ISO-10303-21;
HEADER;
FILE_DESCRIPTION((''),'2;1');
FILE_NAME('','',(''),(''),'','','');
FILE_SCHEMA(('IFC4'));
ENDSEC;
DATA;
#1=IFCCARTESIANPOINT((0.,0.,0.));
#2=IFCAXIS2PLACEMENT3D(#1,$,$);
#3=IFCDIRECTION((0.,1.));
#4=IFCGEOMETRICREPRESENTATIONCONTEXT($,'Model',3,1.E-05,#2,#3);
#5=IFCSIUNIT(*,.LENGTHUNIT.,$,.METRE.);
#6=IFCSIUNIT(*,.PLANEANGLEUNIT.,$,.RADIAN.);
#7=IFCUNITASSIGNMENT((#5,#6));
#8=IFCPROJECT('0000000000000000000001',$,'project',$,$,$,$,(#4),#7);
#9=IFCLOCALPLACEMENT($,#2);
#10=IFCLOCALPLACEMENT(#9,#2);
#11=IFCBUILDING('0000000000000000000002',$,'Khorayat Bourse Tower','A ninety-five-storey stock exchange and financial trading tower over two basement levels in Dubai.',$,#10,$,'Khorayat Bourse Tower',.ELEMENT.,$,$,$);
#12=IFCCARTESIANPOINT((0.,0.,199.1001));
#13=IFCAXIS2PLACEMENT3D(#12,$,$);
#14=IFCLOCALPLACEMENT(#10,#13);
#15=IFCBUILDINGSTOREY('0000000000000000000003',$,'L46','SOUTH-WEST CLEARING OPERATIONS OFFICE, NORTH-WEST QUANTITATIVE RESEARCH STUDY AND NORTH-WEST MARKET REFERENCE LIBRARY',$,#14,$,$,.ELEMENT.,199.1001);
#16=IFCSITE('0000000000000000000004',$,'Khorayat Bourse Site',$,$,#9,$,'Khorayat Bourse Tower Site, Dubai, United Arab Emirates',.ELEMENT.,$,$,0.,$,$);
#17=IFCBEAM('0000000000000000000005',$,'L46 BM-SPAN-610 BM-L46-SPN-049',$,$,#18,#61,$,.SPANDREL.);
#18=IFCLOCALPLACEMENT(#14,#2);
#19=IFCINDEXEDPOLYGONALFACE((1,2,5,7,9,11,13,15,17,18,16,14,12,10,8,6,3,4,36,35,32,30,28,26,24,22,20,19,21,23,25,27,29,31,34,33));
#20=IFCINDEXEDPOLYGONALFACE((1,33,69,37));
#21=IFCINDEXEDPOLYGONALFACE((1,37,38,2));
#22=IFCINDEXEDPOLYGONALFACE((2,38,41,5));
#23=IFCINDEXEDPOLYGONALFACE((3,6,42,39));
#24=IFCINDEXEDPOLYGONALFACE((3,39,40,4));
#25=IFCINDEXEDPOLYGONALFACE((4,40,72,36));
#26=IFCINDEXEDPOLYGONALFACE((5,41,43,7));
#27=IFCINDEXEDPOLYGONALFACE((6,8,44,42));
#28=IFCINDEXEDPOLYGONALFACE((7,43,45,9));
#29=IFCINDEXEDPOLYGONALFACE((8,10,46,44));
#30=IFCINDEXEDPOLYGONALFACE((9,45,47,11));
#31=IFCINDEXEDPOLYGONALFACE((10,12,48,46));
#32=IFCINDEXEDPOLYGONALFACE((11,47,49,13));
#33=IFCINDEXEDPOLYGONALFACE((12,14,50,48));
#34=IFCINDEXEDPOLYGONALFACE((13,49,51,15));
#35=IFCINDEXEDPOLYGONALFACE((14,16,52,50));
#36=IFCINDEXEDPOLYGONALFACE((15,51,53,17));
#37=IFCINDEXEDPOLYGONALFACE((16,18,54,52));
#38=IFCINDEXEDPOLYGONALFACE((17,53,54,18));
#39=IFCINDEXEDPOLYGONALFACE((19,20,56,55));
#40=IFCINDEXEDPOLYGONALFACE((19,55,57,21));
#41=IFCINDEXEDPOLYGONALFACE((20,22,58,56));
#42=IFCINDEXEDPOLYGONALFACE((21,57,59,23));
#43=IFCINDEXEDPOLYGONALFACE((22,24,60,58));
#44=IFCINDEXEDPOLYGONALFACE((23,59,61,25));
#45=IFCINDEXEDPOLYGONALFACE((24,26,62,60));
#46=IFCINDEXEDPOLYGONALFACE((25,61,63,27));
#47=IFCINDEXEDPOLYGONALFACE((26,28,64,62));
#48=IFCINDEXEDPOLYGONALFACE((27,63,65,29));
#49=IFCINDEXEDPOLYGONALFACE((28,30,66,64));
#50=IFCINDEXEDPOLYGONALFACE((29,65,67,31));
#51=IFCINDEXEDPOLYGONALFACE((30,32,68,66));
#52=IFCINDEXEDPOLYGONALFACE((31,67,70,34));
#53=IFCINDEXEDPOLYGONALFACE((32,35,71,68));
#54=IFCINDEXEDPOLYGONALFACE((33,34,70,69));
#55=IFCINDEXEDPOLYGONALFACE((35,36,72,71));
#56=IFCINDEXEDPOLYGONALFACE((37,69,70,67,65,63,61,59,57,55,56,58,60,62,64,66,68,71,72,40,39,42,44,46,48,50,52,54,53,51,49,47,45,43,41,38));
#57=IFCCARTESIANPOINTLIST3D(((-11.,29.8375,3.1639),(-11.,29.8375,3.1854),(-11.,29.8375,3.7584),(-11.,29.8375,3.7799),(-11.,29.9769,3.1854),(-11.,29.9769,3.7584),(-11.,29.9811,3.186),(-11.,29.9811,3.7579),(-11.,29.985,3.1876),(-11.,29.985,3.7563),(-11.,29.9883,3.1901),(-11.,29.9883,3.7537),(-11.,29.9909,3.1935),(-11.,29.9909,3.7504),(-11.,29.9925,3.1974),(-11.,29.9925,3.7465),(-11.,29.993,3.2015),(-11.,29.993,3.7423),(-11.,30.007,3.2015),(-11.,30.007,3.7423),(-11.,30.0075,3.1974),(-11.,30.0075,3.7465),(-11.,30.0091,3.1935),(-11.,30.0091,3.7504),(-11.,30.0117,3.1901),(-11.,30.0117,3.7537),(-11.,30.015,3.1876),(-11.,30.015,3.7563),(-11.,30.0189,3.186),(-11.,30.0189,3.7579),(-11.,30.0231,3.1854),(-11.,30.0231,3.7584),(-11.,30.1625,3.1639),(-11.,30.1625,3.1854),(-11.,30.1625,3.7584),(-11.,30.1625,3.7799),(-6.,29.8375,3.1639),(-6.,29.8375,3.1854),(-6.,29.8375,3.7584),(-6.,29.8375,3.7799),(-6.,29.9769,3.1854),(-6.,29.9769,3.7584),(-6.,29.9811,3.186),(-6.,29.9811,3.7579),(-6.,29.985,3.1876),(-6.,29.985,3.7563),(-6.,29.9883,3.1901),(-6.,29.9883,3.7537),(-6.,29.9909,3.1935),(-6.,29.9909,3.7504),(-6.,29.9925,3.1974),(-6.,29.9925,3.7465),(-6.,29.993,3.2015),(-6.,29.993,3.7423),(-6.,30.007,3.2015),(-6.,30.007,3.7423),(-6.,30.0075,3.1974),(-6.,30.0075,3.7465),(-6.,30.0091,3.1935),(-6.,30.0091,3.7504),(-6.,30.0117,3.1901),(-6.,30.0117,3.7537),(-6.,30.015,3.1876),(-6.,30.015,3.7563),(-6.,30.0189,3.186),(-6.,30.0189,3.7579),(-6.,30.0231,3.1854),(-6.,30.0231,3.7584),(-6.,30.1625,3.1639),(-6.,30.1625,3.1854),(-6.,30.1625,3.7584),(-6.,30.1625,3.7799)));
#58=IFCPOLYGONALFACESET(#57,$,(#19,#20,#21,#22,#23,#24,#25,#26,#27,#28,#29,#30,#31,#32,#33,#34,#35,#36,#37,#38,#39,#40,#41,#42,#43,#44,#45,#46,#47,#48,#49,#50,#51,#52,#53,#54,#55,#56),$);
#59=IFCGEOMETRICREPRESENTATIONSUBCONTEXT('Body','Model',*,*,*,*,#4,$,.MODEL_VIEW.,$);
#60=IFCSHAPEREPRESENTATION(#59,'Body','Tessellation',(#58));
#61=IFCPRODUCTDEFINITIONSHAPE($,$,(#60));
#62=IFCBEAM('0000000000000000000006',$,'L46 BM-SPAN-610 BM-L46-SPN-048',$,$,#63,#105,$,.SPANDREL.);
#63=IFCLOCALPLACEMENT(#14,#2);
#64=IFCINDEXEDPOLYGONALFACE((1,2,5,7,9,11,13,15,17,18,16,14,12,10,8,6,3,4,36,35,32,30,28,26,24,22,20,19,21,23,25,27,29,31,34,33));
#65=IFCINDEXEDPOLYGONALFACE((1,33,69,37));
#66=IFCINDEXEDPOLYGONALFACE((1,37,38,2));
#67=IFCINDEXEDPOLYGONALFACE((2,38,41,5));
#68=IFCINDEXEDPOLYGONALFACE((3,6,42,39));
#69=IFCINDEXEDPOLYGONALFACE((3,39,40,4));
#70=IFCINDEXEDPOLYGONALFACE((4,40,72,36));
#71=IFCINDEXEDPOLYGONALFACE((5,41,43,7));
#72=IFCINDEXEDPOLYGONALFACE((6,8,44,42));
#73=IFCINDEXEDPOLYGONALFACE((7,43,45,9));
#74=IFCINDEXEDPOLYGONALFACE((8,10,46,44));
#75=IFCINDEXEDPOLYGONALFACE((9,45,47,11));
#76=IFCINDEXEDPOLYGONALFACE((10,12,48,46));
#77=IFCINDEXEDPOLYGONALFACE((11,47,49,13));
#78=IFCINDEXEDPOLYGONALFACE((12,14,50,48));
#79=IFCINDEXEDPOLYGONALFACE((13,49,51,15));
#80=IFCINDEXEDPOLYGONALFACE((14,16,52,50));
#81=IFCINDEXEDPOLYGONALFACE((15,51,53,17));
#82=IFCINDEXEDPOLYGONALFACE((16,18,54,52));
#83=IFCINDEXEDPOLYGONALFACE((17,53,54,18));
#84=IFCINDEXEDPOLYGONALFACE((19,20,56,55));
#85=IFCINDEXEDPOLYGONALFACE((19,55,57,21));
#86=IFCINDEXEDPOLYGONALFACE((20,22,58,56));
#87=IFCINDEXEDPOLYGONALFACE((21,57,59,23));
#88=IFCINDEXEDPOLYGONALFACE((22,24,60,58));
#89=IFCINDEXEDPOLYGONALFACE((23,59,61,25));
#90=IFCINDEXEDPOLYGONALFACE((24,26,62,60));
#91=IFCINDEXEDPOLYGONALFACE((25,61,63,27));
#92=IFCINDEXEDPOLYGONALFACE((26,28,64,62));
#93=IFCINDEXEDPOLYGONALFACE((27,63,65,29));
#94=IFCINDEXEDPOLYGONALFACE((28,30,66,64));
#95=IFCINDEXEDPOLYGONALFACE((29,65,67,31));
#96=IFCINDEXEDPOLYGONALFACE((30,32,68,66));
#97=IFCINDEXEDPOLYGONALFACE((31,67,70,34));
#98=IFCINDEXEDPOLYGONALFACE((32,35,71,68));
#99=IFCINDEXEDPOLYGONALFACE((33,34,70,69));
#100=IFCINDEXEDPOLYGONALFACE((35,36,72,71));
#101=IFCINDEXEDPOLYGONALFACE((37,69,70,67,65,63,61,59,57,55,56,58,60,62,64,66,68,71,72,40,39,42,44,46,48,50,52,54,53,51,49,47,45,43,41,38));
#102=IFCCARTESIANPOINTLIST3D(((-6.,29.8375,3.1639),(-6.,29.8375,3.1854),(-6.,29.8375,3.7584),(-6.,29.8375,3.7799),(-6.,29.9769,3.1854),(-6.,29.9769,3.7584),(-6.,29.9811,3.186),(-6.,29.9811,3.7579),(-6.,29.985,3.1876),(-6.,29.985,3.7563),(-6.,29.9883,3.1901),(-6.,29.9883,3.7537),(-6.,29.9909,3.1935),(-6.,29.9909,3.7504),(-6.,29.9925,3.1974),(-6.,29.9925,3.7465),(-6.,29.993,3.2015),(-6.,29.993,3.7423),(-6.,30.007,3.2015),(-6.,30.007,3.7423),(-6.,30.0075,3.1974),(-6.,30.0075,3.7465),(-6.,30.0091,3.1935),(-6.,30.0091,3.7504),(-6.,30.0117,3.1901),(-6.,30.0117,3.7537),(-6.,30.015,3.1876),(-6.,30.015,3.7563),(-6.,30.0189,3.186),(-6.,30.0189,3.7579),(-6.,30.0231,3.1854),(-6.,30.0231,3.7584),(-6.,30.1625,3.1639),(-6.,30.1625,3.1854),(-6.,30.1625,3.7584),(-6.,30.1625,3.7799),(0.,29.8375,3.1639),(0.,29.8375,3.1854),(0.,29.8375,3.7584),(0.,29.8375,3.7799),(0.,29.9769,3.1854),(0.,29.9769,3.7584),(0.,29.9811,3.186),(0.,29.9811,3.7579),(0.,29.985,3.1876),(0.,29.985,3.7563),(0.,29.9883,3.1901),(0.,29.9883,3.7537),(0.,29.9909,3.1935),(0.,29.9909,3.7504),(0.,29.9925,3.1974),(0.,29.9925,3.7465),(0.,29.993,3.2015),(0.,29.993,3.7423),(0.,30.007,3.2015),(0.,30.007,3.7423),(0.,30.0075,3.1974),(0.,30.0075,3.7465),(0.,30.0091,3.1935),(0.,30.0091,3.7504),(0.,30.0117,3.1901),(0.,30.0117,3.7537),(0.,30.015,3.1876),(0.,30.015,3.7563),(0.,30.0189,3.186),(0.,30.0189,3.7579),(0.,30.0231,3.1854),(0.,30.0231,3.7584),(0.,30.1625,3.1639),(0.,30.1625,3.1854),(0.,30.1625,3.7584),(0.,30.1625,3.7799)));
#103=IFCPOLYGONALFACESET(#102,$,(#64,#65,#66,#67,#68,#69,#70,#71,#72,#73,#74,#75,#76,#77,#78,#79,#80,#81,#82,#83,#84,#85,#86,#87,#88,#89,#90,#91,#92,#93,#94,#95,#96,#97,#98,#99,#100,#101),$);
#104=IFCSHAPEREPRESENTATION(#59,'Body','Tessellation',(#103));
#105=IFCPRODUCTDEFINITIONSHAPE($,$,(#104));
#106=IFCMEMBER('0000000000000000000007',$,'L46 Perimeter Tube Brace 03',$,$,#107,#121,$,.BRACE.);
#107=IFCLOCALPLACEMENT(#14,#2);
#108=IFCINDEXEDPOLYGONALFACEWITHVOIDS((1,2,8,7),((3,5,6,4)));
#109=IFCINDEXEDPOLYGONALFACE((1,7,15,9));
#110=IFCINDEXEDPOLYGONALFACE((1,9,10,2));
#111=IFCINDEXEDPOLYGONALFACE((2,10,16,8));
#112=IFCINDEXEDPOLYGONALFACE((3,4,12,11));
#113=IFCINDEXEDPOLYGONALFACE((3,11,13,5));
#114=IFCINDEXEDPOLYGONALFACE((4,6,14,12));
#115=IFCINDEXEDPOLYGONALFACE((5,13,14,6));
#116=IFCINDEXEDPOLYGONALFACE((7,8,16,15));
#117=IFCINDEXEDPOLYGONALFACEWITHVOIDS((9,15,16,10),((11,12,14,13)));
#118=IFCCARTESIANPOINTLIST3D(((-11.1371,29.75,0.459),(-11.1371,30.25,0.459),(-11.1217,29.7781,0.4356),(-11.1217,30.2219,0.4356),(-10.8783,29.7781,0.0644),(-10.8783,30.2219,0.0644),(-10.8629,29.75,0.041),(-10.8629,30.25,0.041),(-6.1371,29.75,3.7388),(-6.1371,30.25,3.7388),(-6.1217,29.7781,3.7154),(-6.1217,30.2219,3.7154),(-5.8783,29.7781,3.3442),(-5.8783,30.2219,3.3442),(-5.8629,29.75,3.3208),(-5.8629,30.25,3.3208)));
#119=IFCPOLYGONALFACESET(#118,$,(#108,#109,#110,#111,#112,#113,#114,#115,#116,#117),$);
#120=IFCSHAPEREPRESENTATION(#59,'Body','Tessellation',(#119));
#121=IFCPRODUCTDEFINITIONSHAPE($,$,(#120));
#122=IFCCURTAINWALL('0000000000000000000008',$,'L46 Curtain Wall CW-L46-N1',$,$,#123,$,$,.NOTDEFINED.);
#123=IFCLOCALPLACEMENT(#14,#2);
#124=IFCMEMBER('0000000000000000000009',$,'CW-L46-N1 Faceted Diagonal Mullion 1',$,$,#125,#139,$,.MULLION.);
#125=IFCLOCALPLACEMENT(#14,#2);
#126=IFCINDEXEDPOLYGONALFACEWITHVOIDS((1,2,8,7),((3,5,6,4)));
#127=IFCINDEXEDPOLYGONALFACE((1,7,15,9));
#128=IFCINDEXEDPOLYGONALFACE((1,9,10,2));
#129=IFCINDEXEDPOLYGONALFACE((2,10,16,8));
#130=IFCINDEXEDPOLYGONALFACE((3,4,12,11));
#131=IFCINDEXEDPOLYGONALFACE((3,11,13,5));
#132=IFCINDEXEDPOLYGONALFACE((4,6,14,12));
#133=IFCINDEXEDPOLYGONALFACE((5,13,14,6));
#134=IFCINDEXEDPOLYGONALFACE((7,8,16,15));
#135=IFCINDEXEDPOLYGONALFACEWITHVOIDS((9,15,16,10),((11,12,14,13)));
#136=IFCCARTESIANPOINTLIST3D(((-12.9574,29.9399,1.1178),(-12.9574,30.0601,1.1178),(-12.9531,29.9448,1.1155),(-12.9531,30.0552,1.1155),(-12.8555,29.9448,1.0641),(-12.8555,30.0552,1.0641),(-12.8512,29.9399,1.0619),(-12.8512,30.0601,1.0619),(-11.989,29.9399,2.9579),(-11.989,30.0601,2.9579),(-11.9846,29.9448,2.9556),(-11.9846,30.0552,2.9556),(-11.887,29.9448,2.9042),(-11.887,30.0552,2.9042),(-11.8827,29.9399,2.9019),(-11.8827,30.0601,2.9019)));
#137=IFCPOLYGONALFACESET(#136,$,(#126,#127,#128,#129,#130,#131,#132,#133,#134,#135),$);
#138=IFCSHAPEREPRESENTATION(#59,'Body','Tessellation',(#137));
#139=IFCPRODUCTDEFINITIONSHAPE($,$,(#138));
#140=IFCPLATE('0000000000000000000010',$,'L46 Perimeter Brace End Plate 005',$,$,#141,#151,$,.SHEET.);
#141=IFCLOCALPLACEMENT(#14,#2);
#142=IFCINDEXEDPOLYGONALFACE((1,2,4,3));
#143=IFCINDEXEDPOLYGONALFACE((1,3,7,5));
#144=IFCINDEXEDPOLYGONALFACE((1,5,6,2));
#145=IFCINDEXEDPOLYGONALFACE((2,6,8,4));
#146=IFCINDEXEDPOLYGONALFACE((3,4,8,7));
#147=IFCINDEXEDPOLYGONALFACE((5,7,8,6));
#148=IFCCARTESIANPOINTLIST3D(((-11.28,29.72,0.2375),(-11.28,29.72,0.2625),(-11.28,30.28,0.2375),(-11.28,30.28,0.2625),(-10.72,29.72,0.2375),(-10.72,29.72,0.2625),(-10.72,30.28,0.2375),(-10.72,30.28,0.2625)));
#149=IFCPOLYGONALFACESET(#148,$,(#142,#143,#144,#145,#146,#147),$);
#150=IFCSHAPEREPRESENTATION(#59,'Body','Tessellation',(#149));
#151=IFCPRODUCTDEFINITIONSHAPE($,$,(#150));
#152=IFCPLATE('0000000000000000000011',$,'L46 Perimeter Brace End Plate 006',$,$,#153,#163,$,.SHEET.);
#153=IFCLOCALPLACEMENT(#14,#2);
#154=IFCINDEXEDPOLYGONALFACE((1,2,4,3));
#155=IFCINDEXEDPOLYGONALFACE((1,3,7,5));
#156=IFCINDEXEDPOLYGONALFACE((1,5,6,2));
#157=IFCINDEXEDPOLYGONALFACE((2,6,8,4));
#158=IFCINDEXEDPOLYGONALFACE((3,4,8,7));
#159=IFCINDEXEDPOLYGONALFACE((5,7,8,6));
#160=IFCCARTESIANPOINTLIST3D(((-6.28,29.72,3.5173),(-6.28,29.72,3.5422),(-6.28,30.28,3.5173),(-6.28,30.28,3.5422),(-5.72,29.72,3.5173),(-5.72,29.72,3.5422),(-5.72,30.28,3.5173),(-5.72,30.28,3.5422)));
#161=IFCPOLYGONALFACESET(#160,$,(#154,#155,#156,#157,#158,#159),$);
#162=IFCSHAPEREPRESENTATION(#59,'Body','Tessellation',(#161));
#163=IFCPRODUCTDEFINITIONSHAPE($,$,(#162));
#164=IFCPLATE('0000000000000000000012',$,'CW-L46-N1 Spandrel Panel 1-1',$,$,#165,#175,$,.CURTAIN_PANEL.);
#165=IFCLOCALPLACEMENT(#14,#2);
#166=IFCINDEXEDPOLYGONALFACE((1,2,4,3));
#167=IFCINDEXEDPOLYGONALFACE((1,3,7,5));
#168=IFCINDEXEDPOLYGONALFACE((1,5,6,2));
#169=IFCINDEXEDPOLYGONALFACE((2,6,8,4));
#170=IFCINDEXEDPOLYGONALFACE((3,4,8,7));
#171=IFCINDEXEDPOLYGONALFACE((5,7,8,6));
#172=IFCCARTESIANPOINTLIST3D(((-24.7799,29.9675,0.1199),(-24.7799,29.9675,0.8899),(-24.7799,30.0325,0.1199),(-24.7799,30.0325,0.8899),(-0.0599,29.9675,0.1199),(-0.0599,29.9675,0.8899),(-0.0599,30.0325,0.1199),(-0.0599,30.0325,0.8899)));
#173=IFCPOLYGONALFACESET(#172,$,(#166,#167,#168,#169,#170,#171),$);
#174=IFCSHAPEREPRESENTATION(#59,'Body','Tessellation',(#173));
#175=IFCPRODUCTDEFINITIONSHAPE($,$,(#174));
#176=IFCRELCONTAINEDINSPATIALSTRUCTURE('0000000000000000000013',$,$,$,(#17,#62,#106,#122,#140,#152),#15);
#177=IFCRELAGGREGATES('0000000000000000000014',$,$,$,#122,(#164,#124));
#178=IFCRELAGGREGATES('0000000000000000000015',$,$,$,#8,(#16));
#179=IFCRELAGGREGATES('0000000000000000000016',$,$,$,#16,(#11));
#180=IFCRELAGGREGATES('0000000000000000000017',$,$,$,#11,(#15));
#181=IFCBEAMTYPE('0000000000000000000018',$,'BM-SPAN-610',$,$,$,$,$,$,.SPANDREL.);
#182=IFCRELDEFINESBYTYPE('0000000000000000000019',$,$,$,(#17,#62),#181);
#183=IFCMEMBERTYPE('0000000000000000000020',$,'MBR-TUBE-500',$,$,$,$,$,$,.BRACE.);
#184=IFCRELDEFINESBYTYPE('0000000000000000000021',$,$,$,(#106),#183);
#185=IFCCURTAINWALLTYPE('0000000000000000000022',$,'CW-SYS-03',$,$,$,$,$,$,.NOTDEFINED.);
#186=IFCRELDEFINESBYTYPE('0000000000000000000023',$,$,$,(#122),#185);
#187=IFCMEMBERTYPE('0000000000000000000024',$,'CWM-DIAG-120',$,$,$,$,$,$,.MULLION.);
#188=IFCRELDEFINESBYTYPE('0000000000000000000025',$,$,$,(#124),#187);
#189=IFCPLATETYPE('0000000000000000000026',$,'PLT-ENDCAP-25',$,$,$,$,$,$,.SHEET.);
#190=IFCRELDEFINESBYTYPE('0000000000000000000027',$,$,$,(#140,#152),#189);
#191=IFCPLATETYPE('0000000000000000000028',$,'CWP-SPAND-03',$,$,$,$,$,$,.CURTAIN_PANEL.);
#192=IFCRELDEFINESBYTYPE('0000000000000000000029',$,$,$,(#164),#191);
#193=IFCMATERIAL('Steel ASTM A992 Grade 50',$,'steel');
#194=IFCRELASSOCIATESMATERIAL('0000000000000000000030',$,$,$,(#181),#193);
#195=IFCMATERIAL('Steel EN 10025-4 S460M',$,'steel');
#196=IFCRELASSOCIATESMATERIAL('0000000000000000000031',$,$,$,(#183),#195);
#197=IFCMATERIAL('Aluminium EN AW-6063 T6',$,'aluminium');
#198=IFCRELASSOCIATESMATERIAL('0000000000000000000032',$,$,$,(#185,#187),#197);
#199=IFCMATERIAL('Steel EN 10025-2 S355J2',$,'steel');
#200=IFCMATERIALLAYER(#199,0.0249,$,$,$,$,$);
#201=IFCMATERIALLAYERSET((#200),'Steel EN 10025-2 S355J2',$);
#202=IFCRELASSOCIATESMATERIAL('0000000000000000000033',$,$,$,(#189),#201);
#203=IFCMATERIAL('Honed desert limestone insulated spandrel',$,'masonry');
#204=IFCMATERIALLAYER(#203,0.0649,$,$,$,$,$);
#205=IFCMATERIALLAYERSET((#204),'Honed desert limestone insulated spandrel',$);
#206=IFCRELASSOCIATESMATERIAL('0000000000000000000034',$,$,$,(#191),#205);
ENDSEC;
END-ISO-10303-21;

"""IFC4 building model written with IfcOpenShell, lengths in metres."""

from ifc_helpers import new_model, si_unit, direction, frame, origin, origin_2d, place, context, subcontext, project, spatial, rectangle, hollow_rectangle, i_section, extrude, source, transform, mapped, material, layer, layer_set, material_profile, profile_set, type_object, element, aggregate, save


model = new_model("IFC4")

# Units and contexts
model_context = context("Model", 3, precision=1e-05, world=origin(), true_north=direction((0.0, 1.0)))
body_context = subcontext(model_context, "Body", "Model", "MODEL_VIEW")
ifc_project = project(units=[si_unit("LENGTHUNIT", "METRE"), si_unit("PLANEANGLEUNIT", "RADIAN")], contexts=[model_context])

# Site, building, storey
site_placement = place(None, origin())
site = spatial("IfcSite", under=ifc_project, at=site_placement, Name="Khorayat Bourse Site", LongName="Khorayat Bourse Tower Site, Dubai, United Arab Emirates", CompositionType="ELEMENT", RefElevation=0.0)
building_placement = place(site_placement, origin())
building = spatial("IfcBuilding", under=site, at=building_placement, Name="Khorayat Bourse Tower", Description="A ninety-five-storey stock exchange and financial trading tower over two basement levels in Dubai.", LongName="Khorayat Bourse Tower", CompositionType="ELEMENT")
storey_placement = place(building_placement, frame((0.0, 0.0, 199.1001)))
storey = spatial("IfcBuildingStorey", under=building, at=storey_placement, Name="L46", Description="SOUTH-WEST CLEARING OPERATIONS OFFICE, NORTH-WEST QUANTITATIVE RESEARCH STUDY AND NORTH-WEST MARKET REFERENCE LIBRARY", CompositionType="ELEMENT", Elevation=199.1001)

# Shared definitions
ifc_material_1 = material(Name="Steel EN 10025-4 S460M", Category="steel")

# Beams
ifc_material_2 = material(Name="Steel ASTM A992 Grade 50", Category="steel")
ifc_material_profile_1 = material_profile(ifc_material_2, i_section(OverallWidth=0.325, OverallDepth=0.616, WebThickness=0.0139, FlangeThickness=0.0215, FilletRadius=0.0161, at=origin_2d()), Name="W610X174")
ifc_profile_set_1 = profile_set([ifc_material_profile_1], Name="Steel ASTM A992 Grade 50")
beam_type_1 = type_object("IfcBeamType", Name="BM-SPAN-610", PredefinedType="SPANDREL", material=ifc_profile_set_1)
shared_shape_1 = source(origin(), body_context, "Body", "SweptSolid", [
    extrude(i_section(OverallWidth=0.325, OverallDepth=0.616, WebThickness=0.0139, FlangeThickness=0.0215, FilletRadius=0.0161, at=origin_2d()), origin(), (0.0, 0.0, 1.0), 5.0),
])
beam_1_placement = place(storey_placement, frame((-11.0, 30.0, 3.4719), z_axis=(1.0, 0.0, 0.0), x_axis=(0.0, 1.0, 0.0)))
element("IfcBeam", 1, at=beam_1_placement, inside=storey, type_object=beam_type_1, Name="L46 BM-SPAN-610 BM-L46-SPN-049", PredefinedType="SPANDREL", context=body_context, shape_type="MappedRepresentation", body=[
    mapped(shared_shape_1, transform((0.0, 0.0, 0.0), scale=1.0)),
])
shared_shape_2 = source(origin(), body_context, "Body", "SweptSolid", [
    extrude(i_section(OverallWidth=0.325, OverallDepth=0.616, WebThickness=0.0139, FlangeThickness=0.0215, FilletRadius=0.0161, at=origin_2d()), origin(), (0.0, 0.0, 1.0), 6.0),
])
beam_2_placement = place(storey_placement, frame((-6.0, 30.0, 3.4719), z_axis=(1.0, 0.0, 0.0), x_axis=(0.0, 1.0, 0.0)))
element("IfcBeam", 2, at=beam_2_placement, inside=storey, type_object=beam_type_1, Name="L46 BM-SPAN-610 BM-L46-SPN-048", PredefinedType="SPANDREL", context=body_context, shape_type="MappedRepresentation", body=[
    mapped(shared_shape_2, transform((0.0, 0.0, 0.0), scale=1.0)),
])

# Member
ifc_material_profile_2 = material_profile(ifc_material_1, hollow_rectangle(XDim=0.5, YDim=0.5, WallThickness=0.0281, at=origin_2d()), Name="HSS 500x500x28")
ifc_profile_set_2 = profile_set([ifc_material_profile_2], Name="Steel EN 10025-4 S460M")
member_type_1 = type_object("IfcMemberType", Name="MBR-TUBE-500", PredefinedType="BRACE", material=ifc_profile_set_2)
shared_shape_3 = source(origin(), body_context, "Body", "SweptSolid", [
    extrude(hollow_rectangle(XDim=0.5, YDim=0.5, WallThickness=0.0281, at=origin_2d()), origin(), (0.0, 0.0, 1.0), 5.9797),
])
member_1_placement = place(storey_placement, frame((-11.0, 30.0, 0.25), z_axis=(0.83616, 0.0, 0.548485), x_axis=(0.0, 1.0, 0.0)))
element("IfcMember", 3, at=member_1_placement, inside=storey, type_object=member_type_1, Name="L46 Perimeter Tube Brace 03", PredefinedType="BRACE", context=body_context, shape_type="MappedRepresentation", body=[
    mapped(shared_shape_3, transform((0.0, 0.0, 0.0), scale=1.0)),
])

# Curtain wall, member
ifc_material_3 = material(Name="Aluminium EN AW-6063 T6", Category="aluminium")
curtain_wall_type = type_object("IfcCurtainWallType", Name="CW-SYS-03", PredefinedType="NOTDEFINED", material=ifc_material_3)
curtain_wall_placement = place(storey_placement, origin())
curtain_wall = element("IfcCurtainWall", 4, at=curtain_wall_placement, inside=storey, type_object=curtain_wall_type, Name="L46 Curtain Wall CW-L46-N1", PredefinedType="NOTDEFINED")
ifc_material_profile_3 = material_profile(ifc_material_3, hollow_rectangle(XDim=0.1201, YDim=0.1201, WallThickness=0.0049, at=origin_2d()), Name="ALU 120x120x5")
ifc_profile_set_3 = profile_set([ifc_material_profile_3], Name="Aluminium EN AW-6063 T6")
member_type_2 = type_object("IfcMemberType", Name="CWM-DIAG-120", PredefinedType="MULLION", material=ifc_profile_set_3)
shared_shape_4 = source(origin(), body_context, "Body", "SweptSolid", [
    extrude(hollow_rectangle(XDim=0.1201, YDim=0.1201, WallThickness=0.0049, at=origin_2d()), origin(), (0.0, 0.0, 1.0), 2.0793),
])
member_2_placement = place(storey_placement, frame((-12.9043, 30.0, 1.0898), z_axis=(0.465761, 0.0, 0.884911), x_axis=(0.0, 1.0, 0.0)))
member_2 = element("IfcMember", 5, at=member_2_placement, type_object=member_type_2, Name="CW-L46-N1 Faceted Diagonal Mullion 1", PredefinedType="MULLION", context=body_context, shape_type="MappedRepresentation", body=[
    mapped(shared_shape_4, transform((0.0, 0.0, 0.0), scale=1.0)),
])

# Plates
ifc_material_4 = material(Name="Steel EN 10025-2 S355J2", Category="steel")
ifc_layer_1 = layer(ifc_material_4, 0.0249)
ifc_layer_set_1 = layer_set([ifc_layer_1], Name="Steel EN 10025-2 S355J2")
plate_type_1 = type_object("IfcPlateType", Name="PLT-ENDCAP-25", PredefinedType="SHEET", material=ifc_layer_set_1)
shared_shape_5 = source(origin(), body_context, "Body", "SweptSolid", [
    extrude(rectangle(XDim=0.5601, YDim=0.5601, at=origin_2d()), origin(), (0.0, 0.0, 1.0), 0.0249),
])
for number, where, z_axis, x_axis, name in (
    (6, (-11.0, 30.0, 0.2375), (0.0, 0.0, 1.0), (1.0, 0.0, 0.0), "L46 Perimeter Brace End Plate 005"),
    (7, (-6.0, 30.0, 3.5173), (0.0, 0.0, 1.0), (1.0, 0.0, 0.0), "L46 Perimeter Brace End Plate 006"),
):
    element("IfcPlate", number, at=place(storey_placement, frame(where, z_axis=z_axis, x_axis=x_axis)), inside=storey, type_object=plate_type_1, Name=name, PredefinedType="SHEET", context=body_context, shape_type="MappedRepresentation", body=[
        mapped(shared_shape_5, transform((0.0, 0.0, 0.0), scale=1.0)),
    ])

# Plate
ifc_material_5 = material(Name="Honed desert limestone insulated spandrel", Category="masonry")
ifc_layer_2 = layer(ifc_material_5, 0.0649)
ifc_layer_set_2 = layer_set([ifc_layer_2], Name="Honed desert limestone insulated spandrel")
plate_type_2 = type_object("IfcPlateType", Name="CWP-SPAND-03", PredefinedType="CURTAIN_PANEL", material=ifc_layer_set_2)
shared_shape_6 = source(origin(), body_context, "Body", "SweptSolid", [
    extrude(rectangle(XDim=24.72, YDim=0.0649, at=origin_2d()), origin(), (0.0, 0.0, 1.0), 0.77),
])
plate_1_placement = place(storey_placement, frame((-12.4199, 30.0, 0.1199), z_axis=(0.0, 0.0, 1.0), x_axis=(1.0, 0.0, 0.0)))
plate_1 = element("IfcPlate", 8, at=plate_1_placement, type_object=plate_type_2, Name="CW-L46-N1 Spandrel Panel 1-1", PredefinedType="CURTAIN_PANEL", context=body_context, shape_type="MappedRepresentation", body=[
    mapped(shared_shape_6, transform((0.0, 0.0, 0.0), scale=1.0)),
])
aggregate(curtain_wall, [plate_1, member_2])

save(model, "model.ifc")
